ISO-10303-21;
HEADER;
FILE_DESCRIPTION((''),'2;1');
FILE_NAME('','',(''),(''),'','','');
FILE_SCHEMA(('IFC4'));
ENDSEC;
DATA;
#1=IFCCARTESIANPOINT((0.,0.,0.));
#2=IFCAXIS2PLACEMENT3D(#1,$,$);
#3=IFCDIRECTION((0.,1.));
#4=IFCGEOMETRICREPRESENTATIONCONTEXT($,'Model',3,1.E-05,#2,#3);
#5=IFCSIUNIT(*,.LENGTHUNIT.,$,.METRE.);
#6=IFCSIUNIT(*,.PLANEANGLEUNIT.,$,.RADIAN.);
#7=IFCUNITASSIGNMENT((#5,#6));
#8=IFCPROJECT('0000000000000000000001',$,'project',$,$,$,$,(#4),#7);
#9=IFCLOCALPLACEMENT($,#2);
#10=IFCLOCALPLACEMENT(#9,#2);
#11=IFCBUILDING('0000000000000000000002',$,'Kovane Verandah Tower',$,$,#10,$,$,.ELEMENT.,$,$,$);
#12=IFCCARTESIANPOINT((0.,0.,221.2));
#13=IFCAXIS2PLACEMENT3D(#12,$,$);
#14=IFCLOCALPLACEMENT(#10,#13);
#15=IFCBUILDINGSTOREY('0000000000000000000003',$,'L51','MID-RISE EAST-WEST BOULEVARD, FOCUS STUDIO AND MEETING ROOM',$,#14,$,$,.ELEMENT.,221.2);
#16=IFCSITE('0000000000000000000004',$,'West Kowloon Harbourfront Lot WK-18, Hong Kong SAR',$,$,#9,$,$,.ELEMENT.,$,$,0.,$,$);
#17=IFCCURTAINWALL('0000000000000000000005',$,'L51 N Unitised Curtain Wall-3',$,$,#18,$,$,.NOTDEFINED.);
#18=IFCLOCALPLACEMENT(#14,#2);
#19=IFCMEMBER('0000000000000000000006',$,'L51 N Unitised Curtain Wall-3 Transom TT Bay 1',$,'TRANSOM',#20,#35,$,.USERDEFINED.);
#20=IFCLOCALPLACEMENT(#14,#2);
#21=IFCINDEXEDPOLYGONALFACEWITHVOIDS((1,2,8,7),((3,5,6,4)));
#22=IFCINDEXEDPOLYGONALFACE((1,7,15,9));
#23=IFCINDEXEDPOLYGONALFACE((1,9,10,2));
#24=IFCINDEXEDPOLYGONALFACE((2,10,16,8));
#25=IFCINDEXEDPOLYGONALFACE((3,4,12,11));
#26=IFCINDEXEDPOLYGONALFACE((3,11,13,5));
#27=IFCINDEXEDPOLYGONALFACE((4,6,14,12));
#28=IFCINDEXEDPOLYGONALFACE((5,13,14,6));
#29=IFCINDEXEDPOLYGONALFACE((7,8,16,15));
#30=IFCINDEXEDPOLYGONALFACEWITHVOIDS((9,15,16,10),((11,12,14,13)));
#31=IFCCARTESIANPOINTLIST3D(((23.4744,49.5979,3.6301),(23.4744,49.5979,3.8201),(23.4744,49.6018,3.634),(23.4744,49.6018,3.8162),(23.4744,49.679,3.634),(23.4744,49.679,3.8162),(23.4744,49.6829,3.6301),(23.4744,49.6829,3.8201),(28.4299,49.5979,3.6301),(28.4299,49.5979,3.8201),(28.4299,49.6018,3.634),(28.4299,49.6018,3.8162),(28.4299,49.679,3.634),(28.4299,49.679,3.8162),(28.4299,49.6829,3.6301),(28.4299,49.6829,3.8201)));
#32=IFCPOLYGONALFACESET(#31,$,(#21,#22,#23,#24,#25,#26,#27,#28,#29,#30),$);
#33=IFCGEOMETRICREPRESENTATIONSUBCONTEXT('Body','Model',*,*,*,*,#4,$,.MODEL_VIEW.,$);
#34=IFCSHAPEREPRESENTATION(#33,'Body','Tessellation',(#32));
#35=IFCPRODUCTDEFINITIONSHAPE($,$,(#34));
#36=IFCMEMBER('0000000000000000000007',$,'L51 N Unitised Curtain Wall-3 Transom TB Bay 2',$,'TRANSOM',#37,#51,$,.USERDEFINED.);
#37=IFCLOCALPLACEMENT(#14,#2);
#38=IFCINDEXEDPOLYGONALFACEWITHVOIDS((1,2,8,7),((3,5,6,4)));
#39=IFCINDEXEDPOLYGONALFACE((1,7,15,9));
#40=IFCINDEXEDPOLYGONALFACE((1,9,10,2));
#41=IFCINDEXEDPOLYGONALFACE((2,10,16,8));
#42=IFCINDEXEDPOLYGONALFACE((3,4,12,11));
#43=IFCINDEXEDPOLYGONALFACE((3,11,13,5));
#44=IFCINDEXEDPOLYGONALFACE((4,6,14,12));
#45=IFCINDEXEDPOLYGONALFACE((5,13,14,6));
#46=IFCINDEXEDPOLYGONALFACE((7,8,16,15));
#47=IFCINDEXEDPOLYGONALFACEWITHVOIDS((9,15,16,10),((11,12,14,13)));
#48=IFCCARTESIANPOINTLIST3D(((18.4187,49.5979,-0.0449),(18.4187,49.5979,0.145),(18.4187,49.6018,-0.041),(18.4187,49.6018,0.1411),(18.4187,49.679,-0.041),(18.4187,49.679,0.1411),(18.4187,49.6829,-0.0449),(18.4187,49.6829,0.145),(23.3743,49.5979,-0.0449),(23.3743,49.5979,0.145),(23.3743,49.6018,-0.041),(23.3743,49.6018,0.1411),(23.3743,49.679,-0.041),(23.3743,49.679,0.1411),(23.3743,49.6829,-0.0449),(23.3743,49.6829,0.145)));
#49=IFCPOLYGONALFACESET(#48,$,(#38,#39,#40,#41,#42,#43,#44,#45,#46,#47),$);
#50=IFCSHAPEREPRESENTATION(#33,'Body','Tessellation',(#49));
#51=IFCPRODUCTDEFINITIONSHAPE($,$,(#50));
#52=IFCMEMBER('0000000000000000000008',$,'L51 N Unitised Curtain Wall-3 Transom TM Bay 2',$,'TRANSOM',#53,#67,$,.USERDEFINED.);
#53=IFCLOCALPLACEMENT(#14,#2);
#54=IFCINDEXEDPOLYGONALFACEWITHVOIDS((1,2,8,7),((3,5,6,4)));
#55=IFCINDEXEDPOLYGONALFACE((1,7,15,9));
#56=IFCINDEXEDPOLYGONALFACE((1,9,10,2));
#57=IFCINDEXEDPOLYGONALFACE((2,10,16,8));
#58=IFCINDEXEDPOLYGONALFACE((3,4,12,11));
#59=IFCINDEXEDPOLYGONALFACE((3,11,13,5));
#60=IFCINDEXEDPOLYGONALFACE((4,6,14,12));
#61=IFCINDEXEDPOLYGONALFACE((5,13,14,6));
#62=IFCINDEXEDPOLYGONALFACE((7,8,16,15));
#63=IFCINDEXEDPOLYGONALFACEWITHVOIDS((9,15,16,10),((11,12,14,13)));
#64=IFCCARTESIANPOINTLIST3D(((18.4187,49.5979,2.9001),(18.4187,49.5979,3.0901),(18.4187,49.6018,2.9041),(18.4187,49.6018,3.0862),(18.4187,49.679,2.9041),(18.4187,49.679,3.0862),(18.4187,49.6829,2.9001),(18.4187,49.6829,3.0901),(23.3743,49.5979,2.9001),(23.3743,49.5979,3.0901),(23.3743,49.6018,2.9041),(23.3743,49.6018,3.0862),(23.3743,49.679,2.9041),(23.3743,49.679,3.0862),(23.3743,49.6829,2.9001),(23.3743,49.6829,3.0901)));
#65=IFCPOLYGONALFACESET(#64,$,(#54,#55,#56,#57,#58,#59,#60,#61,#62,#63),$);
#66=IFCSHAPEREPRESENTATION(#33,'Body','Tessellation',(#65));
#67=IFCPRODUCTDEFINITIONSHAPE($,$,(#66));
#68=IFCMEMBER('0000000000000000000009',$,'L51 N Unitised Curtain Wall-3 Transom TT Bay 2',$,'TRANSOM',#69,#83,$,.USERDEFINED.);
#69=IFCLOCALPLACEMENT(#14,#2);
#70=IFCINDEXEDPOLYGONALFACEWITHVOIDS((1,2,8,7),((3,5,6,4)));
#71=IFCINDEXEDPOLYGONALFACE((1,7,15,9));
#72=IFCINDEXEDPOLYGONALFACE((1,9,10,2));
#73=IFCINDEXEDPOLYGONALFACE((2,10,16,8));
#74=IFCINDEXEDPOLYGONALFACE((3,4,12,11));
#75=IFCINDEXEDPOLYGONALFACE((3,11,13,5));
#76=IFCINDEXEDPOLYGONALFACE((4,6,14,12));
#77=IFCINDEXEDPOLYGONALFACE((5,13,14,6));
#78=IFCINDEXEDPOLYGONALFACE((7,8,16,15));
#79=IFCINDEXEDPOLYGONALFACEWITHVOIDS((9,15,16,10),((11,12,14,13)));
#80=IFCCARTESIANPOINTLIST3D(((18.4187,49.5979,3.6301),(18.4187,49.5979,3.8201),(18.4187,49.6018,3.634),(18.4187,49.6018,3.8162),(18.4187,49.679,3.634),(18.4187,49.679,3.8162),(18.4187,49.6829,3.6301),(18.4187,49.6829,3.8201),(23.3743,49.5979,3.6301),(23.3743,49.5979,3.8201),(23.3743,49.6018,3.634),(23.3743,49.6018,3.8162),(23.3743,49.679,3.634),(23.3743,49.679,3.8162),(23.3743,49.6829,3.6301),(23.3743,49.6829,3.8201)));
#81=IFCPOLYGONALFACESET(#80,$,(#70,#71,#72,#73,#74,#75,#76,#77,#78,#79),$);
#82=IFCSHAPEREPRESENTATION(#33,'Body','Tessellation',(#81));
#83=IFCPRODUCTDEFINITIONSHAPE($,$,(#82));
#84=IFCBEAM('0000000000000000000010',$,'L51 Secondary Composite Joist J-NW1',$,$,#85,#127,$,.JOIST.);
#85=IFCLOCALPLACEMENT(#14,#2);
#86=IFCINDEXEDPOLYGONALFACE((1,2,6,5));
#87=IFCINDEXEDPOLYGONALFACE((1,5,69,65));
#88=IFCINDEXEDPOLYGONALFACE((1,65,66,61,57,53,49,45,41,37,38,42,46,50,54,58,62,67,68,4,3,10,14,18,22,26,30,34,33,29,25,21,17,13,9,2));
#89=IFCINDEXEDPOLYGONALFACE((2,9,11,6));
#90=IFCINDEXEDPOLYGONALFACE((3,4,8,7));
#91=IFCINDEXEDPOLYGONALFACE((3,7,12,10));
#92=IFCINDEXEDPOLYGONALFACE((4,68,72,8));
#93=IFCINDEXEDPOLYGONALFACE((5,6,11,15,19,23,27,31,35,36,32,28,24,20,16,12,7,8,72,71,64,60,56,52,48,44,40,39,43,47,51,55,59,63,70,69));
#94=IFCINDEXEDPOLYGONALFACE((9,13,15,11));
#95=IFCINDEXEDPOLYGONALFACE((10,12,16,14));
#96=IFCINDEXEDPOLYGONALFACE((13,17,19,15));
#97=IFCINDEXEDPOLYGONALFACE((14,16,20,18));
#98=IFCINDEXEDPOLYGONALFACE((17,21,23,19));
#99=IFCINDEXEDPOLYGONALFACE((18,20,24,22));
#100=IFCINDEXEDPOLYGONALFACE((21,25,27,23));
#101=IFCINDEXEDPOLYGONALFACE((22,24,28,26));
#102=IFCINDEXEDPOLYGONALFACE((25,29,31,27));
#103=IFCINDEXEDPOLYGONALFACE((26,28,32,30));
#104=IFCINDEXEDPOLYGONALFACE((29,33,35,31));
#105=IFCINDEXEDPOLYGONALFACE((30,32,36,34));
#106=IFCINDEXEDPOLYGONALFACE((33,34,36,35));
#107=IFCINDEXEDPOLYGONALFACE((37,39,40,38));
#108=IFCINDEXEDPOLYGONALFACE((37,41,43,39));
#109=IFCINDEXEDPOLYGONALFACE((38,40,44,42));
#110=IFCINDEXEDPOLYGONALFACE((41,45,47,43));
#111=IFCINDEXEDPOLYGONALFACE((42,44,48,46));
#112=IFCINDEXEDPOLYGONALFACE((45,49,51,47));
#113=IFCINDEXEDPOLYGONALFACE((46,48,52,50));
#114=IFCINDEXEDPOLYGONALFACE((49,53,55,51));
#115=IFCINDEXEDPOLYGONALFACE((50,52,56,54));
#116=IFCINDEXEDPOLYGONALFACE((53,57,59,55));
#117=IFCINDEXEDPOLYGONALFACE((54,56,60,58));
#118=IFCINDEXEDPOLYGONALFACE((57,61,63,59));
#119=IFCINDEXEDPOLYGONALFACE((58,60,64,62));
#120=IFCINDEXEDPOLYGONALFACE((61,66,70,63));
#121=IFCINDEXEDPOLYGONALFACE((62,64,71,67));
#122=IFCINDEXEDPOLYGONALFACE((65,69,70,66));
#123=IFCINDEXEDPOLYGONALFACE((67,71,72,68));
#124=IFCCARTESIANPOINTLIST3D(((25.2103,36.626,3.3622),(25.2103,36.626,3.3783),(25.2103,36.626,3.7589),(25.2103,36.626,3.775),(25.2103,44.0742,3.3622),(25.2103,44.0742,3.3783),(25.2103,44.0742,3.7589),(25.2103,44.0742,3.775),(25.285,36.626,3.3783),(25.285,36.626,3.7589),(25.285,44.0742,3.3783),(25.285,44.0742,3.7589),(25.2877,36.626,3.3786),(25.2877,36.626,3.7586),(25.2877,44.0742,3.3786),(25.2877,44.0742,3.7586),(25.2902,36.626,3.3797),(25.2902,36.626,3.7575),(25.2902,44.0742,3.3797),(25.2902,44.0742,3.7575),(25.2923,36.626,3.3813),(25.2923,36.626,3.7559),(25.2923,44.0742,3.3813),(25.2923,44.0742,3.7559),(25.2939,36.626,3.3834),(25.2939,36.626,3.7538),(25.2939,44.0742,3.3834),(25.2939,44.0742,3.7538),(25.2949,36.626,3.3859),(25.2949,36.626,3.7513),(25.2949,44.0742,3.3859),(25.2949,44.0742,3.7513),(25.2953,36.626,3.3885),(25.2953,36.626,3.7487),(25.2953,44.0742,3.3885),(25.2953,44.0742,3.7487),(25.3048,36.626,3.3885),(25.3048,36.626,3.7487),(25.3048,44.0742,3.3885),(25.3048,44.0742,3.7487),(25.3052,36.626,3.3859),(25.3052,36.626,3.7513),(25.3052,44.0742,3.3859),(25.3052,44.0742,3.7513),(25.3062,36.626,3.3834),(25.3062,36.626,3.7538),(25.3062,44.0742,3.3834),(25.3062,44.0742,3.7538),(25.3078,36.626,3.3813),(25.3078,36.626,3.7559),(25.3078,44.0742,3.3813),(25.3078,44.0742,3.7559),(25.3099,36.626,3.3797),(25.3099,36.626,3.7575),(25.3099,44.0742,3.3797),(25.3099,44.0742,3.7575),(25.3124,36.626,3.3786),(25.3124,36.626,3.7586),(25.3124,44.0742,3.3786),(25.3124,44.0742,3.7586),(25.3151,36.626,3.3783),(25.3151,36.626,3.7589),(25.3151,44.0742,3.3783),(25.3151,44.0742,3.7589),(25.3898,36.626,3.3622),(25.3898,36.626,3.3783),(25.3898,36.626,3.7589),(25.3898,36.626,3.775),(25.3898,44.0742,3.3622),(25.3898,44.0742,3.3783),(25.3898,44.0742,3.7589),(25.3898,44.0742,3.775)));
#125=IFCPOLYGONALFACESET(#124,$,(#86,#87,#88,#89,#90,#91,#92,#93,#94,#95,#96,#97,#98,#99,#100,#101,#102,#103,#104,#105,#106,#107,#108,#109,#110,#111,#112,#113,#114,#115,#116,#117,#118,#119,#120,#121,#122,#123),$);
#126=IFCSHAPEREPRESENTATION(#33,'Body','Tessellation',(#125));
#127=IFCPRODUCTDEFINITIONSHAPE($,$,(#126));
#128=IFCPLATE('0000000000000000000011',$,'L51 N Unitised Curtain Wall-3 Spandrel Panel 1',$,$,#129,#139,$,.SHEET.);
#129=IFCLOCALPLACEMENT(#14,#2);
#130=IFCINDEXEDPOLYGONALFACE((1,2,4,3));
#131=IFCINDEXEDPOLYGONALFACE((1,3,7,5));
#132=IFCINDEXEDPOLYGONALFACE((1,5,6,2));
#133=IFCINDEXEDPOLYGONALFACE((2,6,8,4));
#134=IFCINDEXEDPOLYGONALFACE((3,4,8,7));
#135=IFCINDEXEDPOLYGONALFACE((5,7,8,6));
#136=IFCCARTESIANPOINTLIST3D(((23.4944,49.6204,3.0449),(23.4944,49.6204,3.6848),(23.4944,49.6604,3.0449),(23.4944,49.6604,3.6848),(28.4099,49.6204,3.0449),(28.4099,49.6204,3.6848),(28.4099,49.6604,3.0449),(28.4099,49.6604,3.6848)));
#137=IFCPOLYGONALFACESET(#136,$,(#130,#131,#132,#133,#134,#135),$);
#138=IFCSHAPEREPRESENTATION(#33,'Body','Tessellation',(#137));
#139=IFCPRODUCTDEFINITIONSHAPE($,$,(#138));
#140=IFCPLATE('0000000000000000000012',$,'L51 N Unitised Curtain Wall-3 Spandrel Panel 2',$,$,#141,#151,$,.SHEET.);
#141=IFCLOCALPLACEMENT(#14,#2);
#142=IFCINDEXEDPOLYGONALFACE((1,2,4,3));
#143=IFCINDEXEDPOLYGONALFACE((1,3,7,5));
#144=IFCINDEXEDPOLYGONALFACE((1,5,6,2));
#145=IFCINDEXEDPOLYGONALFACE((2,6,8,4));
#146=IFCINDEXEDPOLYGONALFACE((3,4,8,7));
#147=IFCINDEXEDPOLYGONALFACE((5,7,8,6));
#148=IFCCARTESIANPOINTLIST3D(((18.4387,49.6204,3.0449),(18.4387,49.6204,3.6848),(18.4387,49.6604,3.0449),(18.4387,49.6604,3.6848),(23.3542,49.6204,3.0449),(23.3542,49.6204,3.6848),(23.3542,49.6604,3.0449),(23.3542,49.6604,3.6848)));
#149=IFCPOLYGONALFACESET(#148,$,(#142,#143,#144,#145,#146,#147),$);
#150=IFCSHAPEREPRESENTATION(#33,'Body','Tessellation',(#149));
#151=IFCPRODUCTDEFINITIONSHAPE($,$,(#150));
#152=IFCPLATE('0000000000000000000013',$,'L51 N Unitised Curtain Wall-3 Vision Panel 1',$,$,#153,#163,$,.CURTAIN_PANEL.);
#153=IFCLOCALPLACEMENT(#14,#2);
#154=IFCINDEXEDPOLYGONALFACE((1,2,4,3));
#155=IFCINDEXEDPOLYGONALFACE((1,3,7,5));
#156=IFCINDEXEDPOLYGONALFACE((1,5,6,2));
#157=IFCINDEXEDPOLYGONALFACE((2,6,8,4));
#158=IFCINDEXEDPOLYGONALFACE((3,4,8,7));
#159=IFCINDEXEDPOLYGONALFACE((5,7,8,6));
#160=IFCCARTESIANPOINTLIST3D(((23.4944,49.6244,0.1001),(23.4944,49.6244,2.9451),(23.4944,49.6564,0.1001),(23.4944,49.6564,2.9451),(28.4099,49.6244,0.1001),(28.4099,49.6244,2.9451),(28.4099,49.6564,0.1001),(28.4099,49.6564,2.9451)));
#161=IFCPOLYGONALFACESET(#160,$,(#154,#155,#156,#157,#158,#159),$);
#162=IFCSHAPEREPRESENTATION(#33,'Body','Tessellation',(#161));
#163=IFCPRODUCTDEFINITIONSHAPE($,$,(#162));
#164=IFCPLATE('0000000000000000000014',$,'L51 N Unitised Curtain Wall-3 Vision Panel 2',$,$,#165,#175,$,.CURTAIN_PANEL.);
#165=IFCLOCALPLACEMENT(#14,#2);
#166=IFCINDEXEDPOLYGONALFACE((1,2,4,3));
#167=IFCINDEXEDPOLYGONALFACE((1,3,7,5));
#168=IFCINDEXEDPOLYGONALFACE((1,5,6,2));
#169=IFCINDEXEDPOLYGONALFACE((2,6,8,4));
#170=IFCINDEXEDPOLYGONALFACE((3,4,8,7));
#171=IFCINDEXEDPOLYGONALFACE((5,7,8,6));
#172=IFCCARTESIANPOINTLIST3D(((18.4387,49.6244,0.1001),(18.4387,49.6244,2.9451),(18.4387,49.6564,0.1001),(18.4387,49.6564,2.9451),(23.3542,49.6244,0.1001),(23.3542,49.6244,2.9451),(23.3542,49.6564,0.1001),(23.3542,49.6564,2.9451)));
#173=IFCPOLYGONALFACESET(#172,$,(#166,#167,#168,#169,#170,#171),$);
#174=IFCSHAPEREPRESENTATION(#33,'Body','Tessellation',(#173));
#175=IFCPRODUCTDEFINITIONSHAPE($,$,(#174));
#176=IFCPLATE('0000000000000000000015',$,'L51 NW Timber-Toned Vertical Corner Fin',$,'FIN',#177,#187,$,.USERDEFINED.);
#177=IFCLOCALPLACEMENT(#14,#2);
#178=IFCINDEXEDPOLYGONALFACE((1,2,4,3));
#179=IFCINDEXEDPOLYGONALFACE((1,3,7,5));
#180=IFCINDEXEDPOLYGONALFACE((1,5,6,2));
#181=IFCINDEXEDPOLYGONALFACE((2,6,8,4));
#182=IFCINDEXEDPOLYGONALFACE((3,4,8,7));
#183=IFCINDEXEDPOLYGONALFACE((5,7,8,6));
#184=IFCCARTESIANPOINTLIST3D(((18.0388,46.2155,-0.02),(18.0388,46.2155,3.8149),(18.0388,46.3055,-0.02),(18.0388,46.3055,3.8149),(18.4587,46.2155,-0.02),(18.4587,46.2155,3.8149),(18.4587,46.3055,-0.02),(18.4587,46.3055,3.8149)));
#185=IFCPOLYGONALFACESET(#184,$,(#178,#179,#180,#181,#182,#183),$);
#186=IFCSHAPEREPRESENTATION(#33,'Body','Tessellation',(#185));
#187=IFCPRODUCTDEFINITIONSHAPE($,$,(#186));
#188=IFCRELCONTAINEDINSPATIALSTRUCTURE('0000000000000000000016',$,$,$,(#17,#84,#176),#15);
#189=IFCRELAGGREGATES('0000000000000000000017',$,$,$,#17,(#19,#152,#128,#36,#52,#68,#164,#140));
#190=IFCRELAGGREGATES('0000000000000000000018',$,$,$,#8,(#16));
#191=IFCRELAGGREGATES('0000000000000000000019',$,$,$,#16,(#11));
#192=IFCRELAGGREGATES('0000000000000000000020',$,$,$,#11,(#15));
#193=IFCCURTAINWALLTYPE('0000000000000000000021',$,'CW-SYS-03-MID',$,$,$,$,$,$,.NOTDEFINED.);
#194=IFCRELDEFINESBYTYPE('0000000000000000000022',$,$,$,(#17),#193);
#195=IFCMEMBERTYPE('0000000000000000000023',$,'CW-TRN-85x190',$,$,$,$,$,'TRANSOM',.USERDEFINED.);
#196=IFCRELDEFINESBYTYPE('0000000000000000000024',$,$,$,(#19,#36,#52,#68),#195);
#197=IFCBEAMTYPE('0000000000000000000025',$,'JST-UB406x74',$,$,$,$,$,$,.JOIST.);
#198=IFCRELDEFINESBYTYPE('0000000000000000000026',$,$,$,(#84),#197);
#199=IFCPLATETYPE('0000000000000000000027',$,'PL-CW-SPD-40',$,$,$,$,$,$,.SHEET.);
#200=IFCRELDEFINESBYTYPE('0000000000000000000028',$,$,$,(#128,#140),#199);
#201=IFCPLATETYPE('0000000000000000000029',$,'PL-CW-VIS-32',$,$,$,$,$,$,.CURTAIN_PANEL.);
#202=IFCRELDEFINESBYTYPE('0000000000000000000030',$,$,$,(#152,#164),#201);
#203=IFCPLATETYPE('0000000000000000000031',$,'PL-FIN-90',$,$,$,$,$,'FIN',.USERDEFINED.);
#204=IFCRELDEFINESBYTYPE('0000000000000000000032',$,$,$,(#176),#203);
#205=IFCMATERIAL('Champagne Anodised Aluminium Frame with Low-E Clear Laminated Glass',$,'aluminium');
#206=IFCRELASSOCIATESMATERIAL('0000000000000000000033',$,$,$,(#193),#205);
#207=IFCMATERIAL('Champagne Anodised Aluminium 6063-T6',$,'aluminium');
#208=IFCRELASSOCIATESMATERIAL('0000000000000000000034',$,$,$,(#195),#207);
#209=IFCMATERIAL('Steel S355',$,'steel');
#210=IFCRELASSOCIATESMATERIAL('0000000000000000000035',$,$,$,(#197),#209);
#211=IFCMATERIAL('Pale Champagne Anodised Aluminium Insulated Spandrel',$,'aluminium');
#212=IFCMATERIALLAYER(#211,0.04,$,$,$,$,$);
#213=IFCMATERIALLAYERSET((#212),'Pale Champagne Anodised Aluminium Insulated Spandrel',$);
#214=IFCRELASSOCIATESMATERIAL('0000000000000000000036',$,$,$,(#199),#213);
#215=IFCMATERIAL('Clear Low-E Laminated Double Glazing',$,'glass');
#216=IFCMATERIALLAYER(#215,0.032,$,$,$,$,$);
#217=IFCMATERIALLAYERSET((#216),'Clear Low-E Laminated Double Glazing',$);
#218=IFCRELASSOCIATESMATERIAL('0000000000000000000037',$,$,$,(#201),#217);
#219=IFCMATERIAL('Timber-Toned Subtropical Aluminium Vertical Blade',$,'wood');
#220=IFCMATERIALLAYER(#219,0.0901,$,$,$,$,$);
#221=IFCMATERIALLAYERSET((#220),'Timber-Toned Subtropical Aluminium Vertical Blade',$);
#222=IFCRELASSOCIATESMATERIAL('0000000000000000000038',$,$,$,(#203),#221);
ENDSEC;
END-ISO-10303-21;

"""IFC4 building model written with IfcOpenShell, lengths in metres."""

from ifc_helpers import new_model, si_unit, direction, frame, origin, origin_2d, place, context, subcontext, project, spatial, rectangle, hollow_rectangle, i_section, extrude, material, layer, layer_set, material_profile, profile_set, type_object, element, aggregate, save


model = new_model("IFC4")

# Units and contexts
model_context = context("Model", 3, precision=1e-05, world=origin(), true_north=direction((0.0, 1.0)))
body_context = subcontext(model_context, "Body", "Model", "MODEL_VIEW")
ifc_project = project(units=[si_unit("LENGTHUNIT", "METRE"), si_unit("PLANEANGLEUNIT", "RADIAN")], contexts=[model_context])

# Site, building, storey
site_placement = place(None, origin())
site = spatial("IfcSite", under=ifc_project, at=site_placement, Name="West Kowloon Harbourfront Lot WK-18, Hong Kong SAR", CompositionType="ELEMENT", RefElevation=0.0)
building_placement = place(site_placement, origin())
building = spatial("IfcBuilding", under=site, at=building_placement, Name="Kovane Verandah Tower", CompositionType="ELEMENT")
storey_placement = place(building_placement, frame((0.0, 0.0, 221.2)))
storey = spatial("IfcBuildingStorey", under=building, at=storey_placement, Name="L51", Description="MID-RISE EAST-WEST BOULEVARD, FOCUS STUDIO AND MEETING ROOM", CompositionType="ELEMENT", Elevation=221.2)

# Shared definitions
ifc_material_1 = material(Name="Steel S355", Category="steel")

# Curtain wall, members
ifc_material_2 = material(Name="Champagne Anodised Aluminium Frame with Low-E Clear Laminated Glass", Category="aluminium")
curtain_wall_type = type_object("IfcCurtainWallType", Name="CW-SYS-03-MID", PredefinedType="NOTDEFINED", material=ifc_material_2)
curtain_wall_placement = place(storey_placement, origin())
curtain_wall = element("IfcCurtainWall", 1, at=curtain_wall_placement, inside=storey, type_object=curtain_wall_type, Name="L51 N Unitised Curtain Wall-3", PredefinedType="NOTDEFINED")
ifc_material_3 = material(Name="Champagne Anodised Aluminium 6063-T6", Category="aluminium")
ifc_material_profile_1 = material_profile(ifc_material_3, hollow_rectangle(XDim=0.085, YDim=0.1899, WallThickness=0.0039, at=origin_2d()), Name="AL85x190x4")
ifc_profile_set_1 = profile_set([ifc_material_profile_1], Name="Champagne Anodised Aluminium 6063-T6")
member_type_1 = type_object("IfcMemberType", Name="CW-TRN-85x190", ElementType="TRANSOM", PredefinedType="USERDEFINED", material=ifc_profile_set_1)
member_1_placement = place(storey_placement, frame((28.4299, 49.6404, 3.7251), z_axis=(-1.0, 0.0, 0.0), x_axis=(0.0, -1.0, 0.0)))
member_1 = element("IfcMember", 2, at=member_1_placement, type_object=member_type_1, Name="L51 N Unitised Curtain Wall-3 Transom TT Bay 1", ObjectType="TRANSOM", PredefinedType="USERDEFINED", context=body_context, shape_type="SweptSolid", body=[
    extrude(hollow_rectangle(XDim=0.085, YDim=0.1899, WallThickness=0.0039, at=origin_2d()), origin(), (0.0, 0.0, 1.0), 4.9556),
])
member_2_placement = place(storey_placement, frame((23.3743, 49.6404, 0.05), z_axis=(-1.0, 0.0, 0.0), x_axis=(0.0, -1.0, 0.0)))
member_2 = element("IfcMember", 3, at=member_2_placement, type_object=member_type_1, Name="L51 N Unitised Curtain Wall-3 Transom TB Bay 2", ObjectType="TRANSOM", PredefinedType="USERDEFINED", context=body_context, shape_type="SweptSolid", body=[
    extrude(hollow_rectangle(XDim=0.085, YDim=0.1899, WallThickness=0.0039, at=origin_2d()), origin(), (0.0, 0.0, 1.0), 4.9556),
])
member_3_placement = place(storey_placement, frame((23.3743, 49.6404, 2.9951), z_axis=(-1.0, 0.0, 0.0), x_axis=(0.0, -1.0, 0.0)))
member_3 = element("IfcMember", 4, at=member_3_placement, type_object=member_type_1, Name="L51 N Unitised Curtain Wall-3 Transom TM Bay 2", ObjectType="TRANSOM", PredefinedType="USERDEFINED", context=body_context, shape_type="SweptSolid", body=[
    extrude(hollow_rectangle(XDim=0.085, YDim=0.1899, WallThickness=0.0039, at=origin_2d()), origin(), (0.0, 0.0, 1.0), 4.9556),
])
member_4_placement = place(storey_placement, frame((23.3743, 49.6404, 3.7251), z_axis=(-1.0, 0.0, 0.0), x_axis=(0.0, -1.0, 0.0)))
member_4 = element("IfcMember", 5, at=member_4_placement, type_object=member_type_1, Name="L51 N Unitised Curtain Wall-3 Transom TT Bay 2", ObjectType="TRANSOM", PredefinedType="USERDEFINED", context=body_context, shape_type="SweptSolid", body=[
    extrude(hollow_rectangle(XDim=0.085, YDim=0.1899, WallThickness=0.0039, at=origin_2d()), origin(), (0.0, 0.0, 1.0), 4.9556),
])

# Beam
ifc_material_profile_2 = material_profile(ifc_material_1, i_section(OverallWidth=0.1794, OverallDepth=0.4128, WebThickness=0.0095, FlangeThickness=0.0161, FilletRadius=0.0103, at=origin_2d()), Name="UB406x178x74")
ifc_profile_set_2 = profile_set([ifc_material_profile_2], Name="Steel S355")
beam_type_1 = type_object("IfcBeamType", Name="JST-UB406x74", PredefinedType="JOIST", material=ifc_profile_set_2)
beam_1_placement = place(storey_placement, frame((25.3, 36.626, 3.5686), z_axis=(0.0, 1.0, 0.0), x_axis=(-1.0, 0.0, 0.0)))
element("IfcBeam", 6, at=beam_1_placement, inside=storey, type_object=beam_type_1, Name="L51 Secondary Composite Joist J-NW1", PredefinedType="JOIST", context=body_context, shape_type="SweptSolid", body=[
    extrude(i_section(OverallWidth=0.1794, OverallDepth=0.4128, WebThickness=0.0095, FlangeThickness=0.0161, FilletRadius=0.0103, at=origin_2d()), origin(), (0.0, 0.0, 1.0), 7.4482),
])

# Plates
ifc_material_4 = material(Name="Pale Champagne Anodised Aluminium Insulated Spandrel", Category="aluminium")
ifc_layer_1 = layer(ifc_material_4, 0.04)
ifc_layer_set_1 = layer_set([ifc_layer_1], Name="Pale Champagne Anodised Aluminium Insulated Spandrel")
plate_type_1 = type_object("IfcPlateType", Name="PL-CW-SPD-40", PredefinedType="SHEET", material=ifc_layer_set_1)
plate_1_placement = place(storey_placement, frame((25.9521, 49.6404, 3.0449), z_axis=(0.0, 0.0, 1.0), x_axis=(-1.0, 0.0, 0.0)))
plate_1 = element("IfcPlate", 7, at=plate_1_placement, type_object=plate_type_1, Name="L51 N Unitised Curtain Wall-3 Spandrel Panel 1", PredefinedType="SHEET", context=body_context, shape_type="SweptSolid", body=[
    extrude(rectangle(XDim=4.9155, YDim=0.04, at=origin_2d()), origin(), (0.0, 0.0, 1.0), 0.6399),
])
plate_2_placement = place(storey_placement, frame((20.8965, 49.6404, 3.0449), z_axis=(0.0, 0.0, 1.0), x_axis=(-1.0, 0.0, 0.0)))
plate_2 = element("IfcPlate", 8, at=plate_2_placement, type_object=plate_type_1, Name="L51 N Unitised Curtain Wall-3 Spandrel Panel 2", PredefinedType="SHEET", context=body_context, shape_type="SweptSolid", body=[
    extrude(rectangle(XDim=4.9155, YDim=0.04, at=origin_2d()), origin(), (0.0, 0.0, 1.0), 0.6399),
])
ifc_material_5 = material(Name="Clear Low-E Laminated Double Glazing", Category="glass")
ifc_layer_2 = layer(ifc_material_5, 0.032)
ifc_layer_set_2 = layer_set([ifc_layer_2], Name="Clear Low-E Laminated Double Glazing")
plate_type_2 = type_object("IfcPlateType", Name="PL-CW-VIS-32", PredefinedType="CURTAIN_PANEL", material=ifc_layer_set_2)
plate_3_placement = place(storey_placement, frame((25.9521, 49.6404, 0.1001), z_axis=(0.0, 0.0, 1.0), x_axis=(-1.0, 0.0, 0.0)))
plate_3 = element("IfcPlate", 9, at=plate_3_placement, type_object=plate_type_2, Name="L51 N Unitised Curtain Wall-3 Vision Panel 1", PredefinedType="CURTAIN_PANEL", context=body_context, shape_type="SweptSolid", body=[
    extrude(rectangle(XDim=4.9155, YDim=0.032, at=origin_2d()), origin(), (0.0, 0.0, 1.0), 2.845),
])
plate_4_placement = place(storey_placement, frame((20.8965, 49.6404, 0.1001), z_axis=(0.0, 0.0, 1.0), x_axis=(-1.0, 0.0, 0.0)))
plate_4 = element("IfcPlate", 10, at=plate_4_placement, type_object=plate_type_2, Name="L51 N Unitised Curtain Wall-3 Vision Panel 2", PredefinedType="CURTAIN_PANEL", context=body_context, shape_type="SweptSolid", body=[
    extrude(rectangle(XDim=4.9155, YDim=0.032, at=origin_2d()), origin(), (0.0, 0.0, 1.0), 2.845),
])
aggregate(curtain_wall, [member_1, plate_3, plate_1, member_2, member_3, member_4, plate_4, plate_2])
ifc_material_6 = material(Name="Timber-Toned Subtropical Aluminium Vertical Blade", Category="wood")
ifc_layer_3 = layer(ifc_material_6, 0.0901)
ifc_layer_set_3 = layer_set([ifc_layer_3], Name="Timber-Toned Subtropical Aluminium Vertical Blade")
plate_type_3 = type_object("IfcPlateType", Name="PL-FIN-90", ElementType="FIN", PredefinedType="USERDEFINED", material=ifc_layer_set_3)
plate_5_placement = place(storey_placement, frame((18.2488, 46.2605, -0.02), z_axis=(0.0, 0.0, 1.0), x_axis=(1.0, 0.0, 0.0)))
element("IfcPlate", 11, at=plate_5_placement, inside=storey, type_object=plate_type_3, Name="L51 NW Timber-Toned Vertical Corner Fin", ObjectType="FIN", PredefinedType="USERDEFINED", context=body_context, shape_type="SweptSolid", body=[
    extrude(rectangle(XDim=0.4199, YDim=0.0901, at=origin_2d()), origin(), (0.0, 0.0, 1.0), 3.835),
])

save(model, "model.ifc")
